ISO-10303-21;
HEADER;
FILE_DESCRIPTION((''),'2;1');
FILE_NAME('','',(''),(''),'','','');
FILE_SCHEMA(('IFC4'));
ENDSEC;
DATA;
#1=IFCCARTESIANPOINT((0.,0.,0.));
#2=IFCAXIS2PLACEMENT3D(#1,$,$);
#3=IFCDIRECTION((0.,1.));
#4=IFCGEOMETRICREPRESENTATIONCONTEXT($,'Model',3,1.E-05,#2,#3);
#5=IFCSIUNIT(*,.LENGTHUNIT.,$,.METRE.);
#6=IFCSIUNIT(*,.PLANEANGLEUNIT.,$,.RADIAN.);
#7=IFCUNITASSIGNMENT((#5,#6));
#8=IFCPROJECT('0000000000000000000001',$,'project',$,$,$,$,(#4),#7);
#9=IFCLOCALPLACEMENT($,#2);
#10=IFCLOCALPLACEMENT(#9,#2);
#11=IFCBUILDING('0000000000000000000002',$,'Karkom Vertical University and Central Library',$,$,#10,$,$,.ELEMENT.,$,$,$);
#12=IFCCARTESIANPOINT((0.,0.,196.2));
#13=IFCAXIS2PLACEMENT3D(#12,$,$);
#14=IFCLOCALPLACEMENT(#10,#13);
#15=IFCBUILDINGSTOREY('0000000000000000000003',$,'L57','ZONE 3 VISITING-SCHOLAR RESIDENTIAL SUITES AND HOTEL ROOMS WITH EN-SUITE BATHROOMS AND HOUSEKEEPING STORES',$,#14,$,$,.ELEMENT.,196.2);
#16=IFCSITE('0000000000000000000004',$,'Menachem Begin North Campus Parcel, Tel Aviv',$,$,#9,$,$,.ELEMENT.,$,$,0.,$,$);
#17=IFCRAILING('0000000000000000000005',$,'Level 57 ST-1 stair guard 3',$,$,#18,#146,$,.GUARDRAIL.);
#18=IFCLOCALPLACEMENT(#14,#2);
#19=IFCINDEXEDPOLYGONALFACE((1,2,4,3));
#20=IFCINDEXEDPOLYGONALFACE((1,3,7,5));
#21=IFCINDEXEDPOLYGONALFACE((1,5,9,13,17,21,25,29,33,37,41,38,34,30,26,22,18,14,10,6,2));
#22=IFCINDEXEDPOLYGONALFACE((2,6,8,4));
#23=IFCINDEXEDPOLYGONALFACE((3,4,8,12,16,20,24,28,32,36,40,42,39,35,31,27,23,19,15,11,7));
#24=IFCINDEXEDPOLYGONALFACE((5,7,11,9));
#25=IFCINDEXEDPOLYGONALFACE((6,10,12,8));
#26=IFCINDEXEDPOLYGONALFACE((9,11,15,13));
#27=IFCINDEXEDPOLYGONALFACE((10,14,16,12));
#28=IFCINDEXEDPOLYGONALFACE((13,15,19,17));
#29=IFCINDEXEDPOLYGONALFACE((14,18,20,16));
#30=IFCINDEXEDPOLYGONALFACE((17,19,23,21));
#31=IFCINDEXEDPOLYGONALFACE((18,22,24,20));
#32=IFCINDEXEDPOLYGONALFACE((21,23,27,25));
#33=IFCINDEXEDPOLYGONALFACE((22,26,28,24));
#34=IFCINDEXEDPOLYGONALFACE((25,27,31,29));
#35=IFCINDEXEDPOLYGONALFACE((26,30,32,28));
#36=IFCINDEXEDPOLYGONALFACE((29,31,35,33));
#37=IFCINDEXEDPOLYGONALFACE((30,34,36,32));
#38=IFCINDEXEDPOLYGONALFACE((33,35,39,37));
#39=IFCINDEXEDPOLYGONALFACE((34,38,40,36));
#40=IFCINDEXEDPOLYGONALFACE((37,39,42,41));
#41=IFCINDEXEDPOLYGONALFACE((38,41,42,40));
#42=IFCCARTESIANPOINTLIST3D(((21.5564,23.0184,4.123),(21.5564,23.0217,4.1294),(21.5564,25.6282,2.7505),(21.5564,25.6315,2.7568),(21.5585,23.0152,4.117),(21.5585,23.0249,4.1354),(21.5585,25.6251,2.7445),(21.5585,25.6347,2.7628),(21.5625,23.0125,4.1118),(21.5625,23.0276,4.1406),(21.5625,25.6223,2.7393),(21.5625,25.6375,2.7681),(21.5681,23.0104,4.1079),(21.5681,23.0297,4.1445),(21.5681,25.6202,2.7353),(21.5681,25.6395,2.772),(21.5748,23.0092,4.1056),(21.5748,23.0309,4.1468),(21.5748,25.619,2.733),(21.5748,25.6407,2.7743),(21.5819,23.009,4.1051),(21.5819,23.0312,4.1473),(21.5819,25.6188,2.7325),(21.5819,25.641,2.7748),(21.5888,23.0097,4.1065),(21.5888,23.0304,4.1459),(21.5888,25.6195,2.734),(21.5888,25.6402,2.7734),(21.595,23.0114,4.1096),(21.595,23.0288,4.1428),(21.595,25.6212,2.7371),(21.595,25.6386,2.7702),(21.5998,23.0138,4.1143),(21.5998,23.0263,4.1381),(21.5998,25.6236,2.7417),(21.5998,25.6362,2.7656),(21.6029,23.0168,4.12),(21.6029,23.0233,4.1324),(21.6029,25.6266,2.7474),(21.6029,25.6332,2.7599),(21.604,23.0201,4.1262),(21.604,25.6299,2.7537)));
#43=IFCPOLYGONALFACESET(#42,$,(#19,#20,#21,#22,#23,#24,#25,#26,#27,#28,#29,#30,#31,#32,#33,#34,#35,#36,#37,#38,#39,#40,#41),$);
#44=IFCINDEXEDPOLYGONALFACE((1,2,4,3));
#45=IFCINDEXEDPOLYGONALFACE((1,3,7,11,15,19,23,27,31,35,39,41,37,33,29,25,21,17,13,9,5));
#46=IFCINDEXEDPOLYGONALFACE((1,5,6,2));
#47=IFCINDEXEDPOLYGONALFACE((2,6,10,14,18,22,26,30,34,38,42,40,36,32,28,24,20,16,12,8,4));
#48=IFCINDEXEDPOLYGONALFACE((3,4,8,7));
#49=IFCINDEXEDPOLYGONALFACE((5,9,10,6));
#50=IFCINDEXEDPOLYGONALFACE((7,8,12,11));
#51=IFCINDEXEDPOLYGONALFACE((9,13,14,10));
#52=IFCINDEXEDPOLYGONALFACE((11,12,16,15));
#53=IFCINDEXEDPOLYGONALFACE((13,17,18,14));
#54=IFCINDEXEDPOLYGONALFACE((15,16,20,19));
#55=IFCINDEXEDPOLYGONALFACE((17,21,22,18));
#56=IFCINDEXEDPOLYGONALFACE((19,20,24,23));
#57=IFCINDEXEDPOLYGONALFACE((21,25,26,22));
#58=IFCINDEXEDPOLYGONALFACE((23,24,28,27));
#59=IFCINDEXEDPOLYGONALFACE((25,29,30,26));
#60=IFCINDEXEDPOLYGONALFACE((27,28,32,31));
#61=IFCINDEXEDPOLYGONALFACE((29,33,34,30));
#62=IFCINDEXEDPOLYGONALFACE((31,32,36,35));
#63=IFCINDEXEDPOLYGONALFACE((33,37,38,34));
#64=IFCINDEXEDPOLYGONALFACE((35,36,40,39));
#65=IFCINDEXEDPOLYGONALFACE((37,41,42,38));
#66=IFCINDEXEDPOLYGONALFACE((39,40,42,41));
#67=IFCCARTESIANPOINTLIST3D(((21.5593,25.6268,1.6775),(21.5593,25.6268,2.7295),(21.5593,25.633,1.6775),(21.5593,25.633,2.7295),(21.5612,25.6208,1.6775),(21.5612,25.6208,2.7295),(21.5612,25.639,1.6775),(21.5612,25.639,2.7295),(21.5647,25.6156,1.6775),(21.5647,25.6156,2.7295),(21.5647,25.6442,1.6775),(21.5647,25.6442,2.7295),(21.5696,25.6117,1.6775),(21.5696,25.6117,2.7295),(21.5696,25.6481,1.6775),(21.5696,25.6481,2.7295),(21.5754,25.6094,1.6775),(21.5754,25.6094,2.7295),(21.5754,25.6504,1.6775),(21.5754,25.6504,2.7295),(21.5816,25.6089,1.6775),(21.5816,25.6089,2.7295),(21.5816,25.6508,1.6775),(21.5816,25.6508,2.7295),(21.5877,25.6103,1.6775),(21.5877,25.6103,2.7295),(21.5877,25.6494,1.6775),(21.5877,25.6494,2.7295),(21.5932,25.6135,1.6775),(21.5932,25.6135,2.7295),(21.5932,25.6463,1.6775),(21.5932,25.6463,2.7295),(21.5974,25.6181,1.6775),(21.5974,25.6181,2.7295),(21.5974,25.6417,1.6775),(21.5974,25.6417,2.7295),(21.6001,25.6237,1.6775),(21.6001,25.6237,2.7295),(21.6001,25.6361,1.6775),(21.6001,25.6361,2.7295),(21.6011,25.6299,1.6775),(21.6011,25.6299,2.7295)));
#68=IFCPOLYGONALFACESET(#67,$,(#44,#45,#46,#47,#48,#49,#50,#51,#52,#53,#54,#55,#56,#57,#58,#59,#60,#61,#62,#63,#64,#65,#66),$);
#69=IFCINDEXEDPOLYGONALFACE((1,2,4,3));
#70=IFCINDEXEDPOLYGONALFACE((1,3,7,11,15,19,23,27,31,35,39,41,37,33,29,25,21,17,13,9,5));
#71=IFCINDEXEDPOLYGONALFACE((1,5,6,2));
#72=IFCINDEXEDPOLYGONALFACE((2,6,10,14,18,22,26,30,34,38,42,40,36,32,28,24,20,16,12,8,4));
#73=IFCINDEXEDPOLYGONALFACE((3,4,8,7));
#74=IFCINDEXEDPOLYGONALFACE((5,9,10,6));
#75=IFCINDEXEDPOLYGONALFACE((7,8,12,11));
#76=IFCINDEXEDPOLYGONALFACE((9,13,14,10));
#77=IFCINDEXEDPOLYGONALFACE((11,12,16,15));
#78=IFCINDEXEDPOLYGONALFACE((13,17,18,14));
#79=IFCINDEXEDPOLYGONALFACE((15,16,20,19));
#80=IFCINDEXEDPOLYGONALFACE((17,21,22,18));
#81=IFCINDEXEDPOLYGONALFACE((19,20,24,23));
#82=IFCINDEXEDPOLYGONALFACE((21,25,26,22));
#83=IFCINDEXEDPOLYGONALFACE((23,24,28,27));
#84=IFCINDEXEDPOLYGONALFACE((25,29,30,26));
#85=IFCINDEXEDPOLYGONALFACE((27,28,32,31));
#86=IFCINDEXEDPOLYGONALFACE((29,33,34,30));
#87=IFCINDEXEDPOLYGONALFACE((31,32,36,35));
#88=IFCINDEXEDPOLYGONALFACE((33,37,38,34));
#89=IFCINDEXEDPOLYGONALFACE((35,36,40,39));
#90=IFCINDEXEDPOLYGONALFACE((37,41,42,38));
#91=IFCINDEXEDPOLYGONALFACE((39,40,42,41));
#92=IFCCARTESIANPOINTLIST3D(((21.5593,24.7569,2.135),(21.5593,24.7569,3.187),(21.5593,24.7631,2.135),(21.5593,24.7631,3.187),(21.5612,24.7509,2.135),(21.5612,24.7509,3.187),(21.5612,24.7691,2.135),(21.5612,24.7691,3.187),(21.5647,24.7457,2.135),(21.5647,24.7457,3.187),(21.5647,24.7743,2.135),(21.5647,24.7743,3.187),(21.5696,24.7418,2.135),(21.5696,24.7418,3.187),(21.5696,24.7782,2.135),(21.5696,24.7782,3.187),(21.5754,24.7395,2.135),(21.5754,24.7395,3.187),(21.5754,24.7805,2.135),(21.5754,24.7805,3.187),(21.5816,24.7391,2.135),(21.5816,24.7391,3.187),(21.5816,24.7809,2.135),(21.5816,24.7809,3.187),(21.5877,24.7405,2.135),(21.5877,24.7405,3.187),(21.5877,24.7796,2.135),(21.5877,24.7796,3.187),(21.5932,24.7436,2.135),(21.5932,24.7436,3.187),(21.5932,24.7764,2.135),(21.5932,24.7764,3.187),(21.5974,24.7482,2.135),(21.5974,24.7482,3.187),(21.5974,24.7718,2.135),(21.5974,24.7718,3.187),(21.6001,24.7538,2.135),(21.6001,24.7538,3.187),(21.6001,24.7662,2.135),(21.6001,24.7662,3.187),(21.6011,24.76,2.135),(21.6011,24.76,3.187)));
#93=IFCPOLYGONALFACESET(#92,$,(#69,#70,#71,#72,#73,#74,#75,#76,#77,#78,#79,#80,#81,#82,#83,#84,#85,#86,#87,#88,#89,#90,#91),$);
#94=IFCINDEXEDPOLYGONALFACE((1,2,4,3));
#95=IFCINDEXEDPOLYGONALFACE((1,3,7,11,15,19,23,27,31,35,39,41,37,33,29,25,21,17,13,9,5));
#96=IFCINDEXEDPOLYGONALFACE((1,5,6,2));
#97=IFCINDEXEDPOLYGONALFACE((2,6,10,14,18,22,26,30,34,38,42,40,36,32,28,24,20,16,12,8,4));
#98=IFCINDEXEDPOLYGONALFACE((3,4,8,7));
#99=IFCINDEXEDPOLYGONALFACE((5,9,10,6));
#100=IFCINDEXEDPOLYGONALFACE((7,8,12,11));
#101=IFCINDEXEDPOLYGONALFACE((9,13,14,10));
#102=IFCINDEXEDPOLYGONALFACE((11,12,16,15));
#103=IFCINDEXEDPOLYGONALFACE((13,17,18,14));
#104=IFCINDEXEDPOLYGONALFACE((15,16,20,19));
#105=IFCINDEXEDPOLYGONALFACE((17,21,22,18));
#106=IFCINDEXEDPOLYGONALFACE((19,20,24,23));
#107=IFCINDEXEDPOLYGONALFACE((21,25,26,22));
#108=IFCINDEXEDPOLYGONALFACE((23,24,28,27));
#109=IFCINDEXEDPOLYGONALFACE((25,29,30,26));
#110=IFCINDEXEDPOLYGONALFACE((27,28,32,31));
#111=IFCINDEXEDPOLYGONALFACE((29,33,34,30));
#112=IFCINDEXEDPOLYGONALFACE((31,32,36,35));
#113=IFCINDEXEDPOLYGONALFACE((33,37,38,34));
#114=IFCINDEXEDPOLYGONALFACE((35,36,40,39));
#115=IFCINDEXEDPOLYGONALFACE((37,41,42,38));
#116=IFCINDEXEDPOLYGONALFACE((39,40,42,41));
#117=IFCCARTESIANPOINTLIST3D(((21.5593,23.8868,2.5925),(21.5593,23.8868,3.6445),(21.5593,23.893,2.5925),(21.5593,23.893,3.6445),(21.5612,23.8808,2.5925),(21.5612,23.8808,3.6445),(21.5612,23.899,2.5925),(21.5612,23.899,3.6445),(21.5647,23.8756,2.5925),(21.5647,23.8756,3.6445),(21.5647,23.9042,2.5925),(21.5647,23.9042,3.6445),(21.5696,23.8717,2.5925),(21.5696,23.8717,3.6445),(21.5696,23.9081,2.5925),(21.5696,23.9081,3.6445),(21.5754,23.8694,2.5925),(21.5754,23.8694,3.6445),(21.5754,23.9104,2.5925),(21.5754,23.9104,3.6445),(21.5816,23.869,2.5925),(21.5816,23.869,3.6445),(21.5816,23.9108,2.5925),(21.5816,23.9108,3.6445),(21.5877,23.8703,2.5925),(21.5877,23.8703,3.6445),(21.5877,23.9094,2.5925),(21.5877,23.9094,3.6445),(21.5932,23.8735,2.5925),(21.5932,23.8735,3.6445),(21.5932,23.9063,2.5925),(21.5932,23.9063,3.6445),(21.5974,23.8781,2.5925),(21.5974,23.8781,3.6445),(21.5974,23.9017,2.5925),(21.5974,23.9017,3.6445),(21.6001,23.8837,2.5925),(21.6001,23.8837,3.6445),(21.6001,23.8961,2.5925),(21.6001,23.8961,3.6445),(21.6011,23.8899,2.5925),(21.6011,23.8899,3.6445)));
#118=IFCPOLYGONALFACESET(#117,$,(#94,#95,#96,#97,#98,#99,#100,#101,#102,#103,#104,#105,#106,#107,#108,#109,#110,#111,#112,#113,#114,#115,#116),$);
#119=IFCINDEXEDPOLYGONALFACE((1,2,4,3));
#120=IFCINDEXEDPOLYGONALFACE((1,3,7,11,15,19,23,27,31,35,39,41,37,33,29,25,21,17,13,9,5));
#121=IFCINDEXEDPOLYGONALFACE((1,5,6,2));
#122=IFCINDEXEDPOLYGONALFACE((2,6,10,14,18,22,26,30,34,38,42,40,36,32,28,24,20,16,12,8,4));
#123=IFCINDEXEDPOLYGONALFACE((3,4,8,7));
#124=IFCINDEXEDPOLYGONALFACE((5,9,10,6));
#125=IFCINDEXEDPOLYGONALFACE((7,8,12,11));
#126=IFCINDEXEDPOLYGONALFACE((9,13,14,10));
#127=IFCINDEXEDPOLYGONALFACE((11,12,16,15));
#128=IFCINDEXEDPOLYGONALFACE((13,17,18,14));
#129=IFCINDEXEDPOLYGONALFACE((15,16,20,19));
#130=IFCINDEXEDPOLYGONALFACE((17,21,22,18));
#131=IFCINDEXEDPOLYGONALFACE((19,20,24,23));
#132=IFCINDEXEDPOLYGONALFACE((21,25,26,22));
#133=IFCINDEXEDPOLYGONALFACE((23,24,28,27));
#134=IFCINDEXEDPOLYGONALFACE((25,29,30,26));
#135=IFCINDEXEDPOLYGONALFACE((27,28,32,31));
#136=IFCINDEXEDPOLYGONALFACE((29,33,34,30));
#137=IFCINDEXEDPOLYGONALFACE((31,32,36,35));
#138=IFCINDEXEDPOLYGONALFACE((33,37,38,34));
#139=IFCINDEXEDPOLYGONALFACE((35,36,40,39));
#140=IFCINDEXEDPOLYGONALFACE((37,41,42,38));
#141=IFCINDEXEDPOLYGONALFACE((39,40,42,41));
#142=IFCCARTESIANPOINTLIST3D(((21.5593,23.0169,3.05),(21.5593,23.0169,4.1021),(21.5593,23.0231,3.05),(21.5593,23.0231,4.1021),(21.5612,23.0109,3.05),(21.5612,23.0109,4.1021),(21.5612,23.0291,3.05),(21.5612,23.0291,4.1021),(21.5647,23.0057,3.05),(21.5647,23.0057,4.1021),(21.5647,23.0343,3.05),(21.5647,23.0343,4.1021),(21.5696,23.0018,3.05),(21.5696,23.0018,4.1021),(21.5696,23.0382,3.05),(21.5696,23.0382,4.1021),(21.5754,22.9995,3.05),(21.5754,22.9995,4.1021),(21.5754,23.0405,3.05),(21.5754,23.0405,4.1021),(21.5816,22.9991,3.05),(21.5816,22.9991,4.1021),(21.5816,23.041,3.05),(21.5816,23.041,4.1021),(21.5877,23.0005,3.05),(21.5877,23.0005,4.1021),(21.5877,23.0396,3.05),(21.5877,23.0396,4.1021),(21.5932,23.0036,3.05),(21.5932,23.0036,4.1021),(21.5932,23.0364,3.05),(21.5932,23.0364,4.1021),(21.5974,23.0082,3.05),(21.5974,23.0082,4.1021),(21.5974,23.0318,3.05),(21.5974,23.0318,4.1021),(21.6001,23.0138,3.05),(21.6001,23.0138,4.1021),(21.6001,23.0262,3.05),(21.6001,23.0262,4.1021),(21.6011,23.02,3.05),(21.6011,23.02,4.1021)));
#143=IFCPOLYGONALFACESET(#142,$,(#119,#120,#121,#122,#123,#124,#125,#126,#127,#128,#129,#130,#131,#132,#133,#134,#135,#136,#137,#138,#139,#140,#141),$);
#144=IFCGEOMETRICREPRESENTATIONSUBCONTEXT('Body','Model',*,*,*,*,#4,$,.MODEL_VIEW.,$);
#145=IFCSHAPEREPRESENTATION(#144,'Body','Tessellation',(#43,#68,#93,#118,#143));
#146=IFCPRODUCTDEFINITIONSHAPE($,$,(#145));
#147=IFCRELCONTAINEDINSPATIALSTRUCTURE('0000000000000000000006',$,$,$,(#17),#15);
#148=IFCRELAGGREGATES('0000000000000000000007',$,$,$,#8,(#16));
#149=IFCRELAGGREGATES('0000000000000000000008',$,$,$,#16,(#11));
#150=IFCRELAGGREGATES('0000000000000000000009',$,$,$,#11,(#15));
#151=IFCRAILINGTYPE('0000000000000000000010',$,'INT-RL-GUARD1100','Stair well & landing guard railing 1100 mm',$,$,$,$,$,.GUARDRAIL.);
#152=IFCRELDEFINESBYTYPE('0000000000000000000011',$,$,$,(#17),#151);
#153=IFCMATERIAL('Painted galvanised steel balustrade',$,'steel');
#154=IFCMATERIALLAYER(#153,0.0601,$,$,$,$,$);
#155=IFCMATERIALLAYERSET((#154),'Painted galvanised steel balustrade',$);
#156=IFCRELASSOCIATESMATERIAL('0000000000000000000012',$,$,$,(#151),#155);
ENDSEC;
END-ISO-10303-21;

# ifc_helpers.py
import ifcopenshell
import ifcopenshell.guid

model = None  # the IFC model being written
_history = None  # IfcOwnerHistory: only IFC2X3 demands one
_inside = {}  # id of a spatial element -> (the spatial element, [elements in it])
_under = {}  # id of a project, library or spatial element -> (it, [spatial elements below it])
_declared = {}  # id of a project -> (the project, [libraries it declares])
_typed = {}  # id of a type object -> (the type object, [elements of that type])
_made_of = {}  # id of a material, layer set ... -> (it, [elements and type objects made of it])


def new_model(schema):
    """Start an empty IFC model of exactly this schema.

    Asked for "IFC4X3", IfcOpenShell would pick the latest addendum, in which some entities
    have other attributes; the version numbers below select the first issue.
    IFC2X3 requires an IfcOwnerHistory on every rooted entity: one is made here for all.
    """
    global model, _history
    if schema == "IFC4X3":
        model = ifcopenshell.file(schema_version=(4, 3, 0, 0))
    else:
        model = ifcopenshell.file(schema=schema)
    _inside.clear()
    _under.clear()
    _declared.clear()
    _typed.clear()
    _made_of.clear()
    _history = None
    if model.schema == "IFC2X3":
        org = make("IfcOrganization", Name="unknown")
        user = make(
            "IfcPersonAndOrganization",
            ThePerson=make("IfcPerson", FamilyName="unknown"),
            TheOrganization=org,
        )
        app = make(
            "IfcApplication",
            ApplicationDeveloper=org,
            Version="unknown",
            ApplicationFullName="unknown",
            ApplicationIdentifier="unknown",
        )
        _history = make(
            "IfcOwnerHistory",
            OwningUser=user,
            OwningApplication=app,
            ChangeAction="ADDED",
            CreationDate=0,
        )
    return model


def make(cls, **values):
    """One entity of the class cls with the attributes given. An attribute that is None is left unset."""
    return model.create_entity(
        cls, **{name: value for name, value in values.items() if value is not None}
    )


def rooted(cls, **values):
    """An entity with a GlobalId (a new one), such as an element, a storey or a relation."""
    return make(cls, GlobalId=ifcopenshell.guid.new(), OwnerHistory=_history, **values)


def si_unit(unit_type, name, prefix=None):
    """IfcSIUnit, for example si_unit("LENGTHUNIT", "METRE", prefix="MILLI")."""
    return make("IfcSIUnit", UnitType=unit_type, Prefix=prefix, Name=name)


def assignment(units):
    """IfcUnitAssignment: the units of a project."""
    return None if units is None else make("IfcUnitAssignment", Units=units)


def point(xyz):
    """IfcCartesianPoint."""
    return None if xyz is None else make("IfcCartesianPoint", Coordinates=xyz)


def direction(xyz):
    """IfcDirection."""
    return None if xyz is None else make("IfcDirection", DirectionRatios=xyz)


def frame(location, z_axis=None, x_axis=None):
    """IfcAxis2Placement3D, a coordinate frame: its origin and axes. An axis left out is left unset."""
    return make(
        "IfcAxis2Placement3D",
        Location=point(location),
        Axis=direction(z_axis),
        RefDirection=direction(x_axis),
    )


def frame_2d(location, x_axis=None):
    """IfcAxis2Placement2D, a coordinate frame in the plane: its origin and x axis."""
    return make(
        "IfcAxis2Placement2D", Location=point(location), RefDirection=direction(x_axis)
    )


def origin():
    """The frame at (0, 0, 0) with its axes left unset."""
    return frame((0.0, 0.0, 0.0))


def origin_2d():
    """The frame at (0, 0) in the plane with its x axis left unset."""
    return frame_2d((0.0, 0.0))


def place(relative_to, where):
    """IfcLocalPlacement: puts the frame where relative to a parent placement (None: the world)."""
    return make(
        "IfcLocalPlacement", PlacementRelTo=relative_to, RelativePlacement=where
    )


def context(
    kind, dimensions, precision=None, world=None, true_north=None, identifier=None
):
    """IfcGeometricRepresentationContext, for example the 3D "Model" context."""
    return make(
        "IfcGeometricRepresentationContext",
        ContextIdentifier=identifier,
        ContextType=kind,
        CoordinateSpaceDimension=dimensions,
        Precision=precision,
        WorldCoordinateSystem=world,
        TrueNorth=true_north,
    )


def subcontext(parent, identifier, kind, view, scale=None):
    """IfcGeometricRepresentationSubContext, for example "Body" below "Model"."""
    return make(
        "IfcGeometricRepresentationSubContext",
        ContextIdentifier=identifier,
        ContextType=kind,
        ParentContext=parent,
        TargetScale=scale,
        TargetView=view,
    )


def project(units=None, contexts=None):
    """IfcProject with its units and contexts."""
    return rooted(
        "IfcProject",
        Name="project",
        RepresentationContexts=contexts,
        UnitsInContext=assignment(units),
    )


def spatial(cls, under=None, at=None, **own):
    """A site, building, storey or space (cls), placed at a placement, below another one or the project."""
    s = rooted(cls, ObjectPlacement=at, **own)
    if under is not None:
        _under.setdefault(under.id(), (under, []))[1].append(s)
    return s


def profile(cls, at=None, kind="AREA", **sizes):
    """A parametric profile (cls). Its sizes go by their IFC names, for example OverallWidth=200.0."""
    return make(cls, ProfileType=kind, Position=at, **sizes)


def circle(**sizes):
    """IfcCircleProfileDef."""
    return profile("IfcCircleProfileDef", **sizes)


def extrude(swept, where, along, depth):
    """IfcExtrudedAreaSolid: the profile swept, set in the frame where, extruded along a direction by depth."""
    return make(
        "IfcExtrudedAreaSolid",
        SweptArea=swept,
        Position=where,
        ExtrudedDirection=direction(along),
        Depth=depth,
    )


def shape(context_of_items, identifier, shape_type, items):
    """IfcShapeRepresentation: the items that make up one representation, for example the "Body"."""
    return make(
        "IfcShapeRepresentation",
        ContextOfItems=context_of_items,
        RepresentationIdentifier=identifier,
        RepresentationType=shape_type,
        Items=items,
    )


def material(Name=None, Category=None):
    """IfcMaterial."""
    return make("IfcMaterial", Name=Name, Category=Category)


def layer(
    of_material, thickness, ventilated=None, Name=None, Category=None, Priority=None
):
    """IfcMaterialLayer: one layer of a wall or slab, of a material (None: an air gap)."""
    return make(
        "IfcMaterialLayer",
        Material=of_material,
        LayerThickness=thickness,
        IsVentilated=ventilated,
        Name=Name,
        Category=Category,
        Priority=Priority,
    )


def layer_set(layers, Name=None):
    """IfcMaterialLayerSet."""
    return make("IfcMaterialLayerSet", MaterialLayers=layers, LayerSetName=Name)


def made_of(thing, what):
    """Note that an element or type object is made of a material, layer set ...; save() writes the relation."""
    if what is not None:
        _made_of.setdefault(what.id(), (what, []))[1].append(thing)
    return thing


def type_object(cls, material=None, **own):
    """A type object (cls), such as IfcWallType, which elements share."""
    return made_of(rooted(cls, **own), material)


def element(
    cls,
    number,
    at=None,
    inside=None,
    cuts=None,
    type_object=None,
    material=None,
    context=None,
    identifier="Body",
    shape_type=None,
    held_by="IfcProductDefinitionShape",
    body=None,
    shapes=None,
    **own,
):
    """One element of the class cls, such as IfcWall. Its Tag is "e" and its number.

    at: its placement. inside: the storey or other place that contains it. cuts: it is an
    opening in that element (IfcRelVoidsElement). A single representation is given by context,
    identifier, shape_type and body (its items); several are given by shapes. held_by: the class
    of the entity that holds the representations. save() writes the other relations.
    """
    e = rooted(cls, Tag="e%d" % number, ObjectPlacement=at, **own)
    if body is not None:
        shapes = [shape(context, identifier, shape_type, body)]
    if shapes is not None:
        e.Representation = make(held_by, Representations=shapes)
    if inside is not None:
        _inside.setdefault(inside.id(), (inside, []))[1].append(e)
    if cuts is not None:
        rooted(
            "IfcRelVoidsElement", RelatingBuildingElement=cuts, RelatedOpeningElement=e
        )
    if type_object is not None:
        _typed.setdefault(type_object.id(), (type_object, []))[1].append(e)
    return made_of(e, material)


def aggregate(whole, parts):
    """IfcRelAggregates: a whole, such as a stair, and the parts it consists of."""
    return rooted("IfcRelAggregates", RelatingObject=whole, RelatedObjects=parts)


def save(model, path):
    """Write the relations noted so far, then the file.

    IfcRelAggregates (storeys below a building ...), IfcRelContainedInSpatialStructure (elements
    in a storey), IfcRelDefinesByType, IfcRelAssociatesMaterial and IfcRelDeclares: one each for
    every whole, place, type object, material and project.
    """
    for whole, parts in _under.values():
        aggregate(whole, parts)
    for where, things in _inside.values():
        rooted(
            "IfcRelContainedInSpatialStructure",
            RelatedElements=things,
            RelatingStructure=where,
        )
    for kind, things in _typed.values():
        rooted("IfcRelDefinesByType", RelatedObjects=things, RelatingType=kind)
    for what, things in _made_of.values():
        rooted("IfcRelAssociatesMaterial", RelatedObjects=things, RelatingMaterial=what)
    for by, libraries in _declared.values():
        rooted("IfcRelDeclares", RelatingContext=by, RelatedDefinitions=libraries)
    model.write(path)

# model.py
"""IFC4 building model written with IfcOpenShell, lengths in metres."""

from ifc_helpers import new_model, si_unit, direction, frame, origin, origin_2d, place, context, subcontext, project, spatial, circle, extrude, material, layer, layer_set, type_object, element, save


model = new_model("IFC4")

# Units and contexts
model_context = context("Model", 3, precision=1e-05, world=origin(), true_north=direction((0.0, 1.0)))
body_context = subcontext(model_context, "Body", "Model", "MODEL_VIEW")
ifc_project = project(units=[si_unit("LENGTHUNIT", "METRE"), si_unit("PLANEANGLEUNIT", "RADIAN")], contexts=[model_context])

# Site, building, storey
site_placement = place(None, origin())
site = spatial("IfcSite", under=ifc_project, at=site_placement, Name="Menachem Begin North Campus Parcel, Tel Aviv", CompositionType="ELEMENT", RefElevation=0.0)
building_placement = place(site_placement, origin())
building = spatial("IfcBuilding", under=site, at=building_placement, Name="Karkom Vertical University and Central Library", CompositionType="ELEMENT")
storey_placement = place(building_placement, frame((0.0, 0.0, 196.2)))
storey = spatial("IfcBuildingStorey", under=building, at=storey_placement, Name="L57", Description="ZONE 3 VISITING-SCHOLAR RESIDENTIAL SUITES AND HOTEL ROOMS WITH EN-SUITE BATHROOMS AND HOUSEKEEPING STORES", CompositionType="ELEMENT", Elevation=196.2)

# Railing
ifc_material_1 = material(Name="Painted galvanised steel balustrade", Category="steel")
ifc_layer_1 = layer(ifc_material_1, 0.0601)
ifc_layer_set_1 = layer_set([ifc_layer_1], Name="Painted galvanised steel balustrade")
railing_type_1 = type_object("IfcRailingType", Name="INT-RL-GUARD1100", Description="Stair well & landing guard railing 1100 mm", PredefinedType="GUARDRAIL", material=ifc_layer_set_1)
railing_1_placement = place(storey_placement, frame((21.5801, 25.6299, 1.6775)))
element("IfcRailing", 1, at=railing_1_placement, inside=storey, type_object=railing_type_1, Name="Level 57 ST-1 stair guard 3", PredefinedType="GUARDRAIL", context=body_context, shape_type="SweptSolid", body=[
    extrude(circle(Radius=0.0239, at=origin_2d()), frame((0.0, 0.0, 1.0762), z_axis=(0.0, -0.885065, 0.465467), x_axis=(1.0, 0.0, 0.0)), (0.0, 0.0, 1.0), 2.9487),
    extrude(circle(Radius=0.021, at=origin_2d()), origin(), (0.0, 0.0, 1.0), 1.052),
    extrude(circle(Radius=0.021, at=origin_2d()), frame((0.0, -0.8699, 0.4575)), (0.0, 0.0, 1.0), 1.052),
    extrude(circle(Radius=0.021, at=origin_2d()), frame((0.0, -1.74, 0.915)), (0.0, 0.0, 1.0), 1.052),
    extrude(circle(Radius=0.021, at=origin_2d()), frame((0.0, -2.6099, 1.3726)), (0.0, 0.0, 1.0), 1.052),
])

save(model, "model.ifc")
